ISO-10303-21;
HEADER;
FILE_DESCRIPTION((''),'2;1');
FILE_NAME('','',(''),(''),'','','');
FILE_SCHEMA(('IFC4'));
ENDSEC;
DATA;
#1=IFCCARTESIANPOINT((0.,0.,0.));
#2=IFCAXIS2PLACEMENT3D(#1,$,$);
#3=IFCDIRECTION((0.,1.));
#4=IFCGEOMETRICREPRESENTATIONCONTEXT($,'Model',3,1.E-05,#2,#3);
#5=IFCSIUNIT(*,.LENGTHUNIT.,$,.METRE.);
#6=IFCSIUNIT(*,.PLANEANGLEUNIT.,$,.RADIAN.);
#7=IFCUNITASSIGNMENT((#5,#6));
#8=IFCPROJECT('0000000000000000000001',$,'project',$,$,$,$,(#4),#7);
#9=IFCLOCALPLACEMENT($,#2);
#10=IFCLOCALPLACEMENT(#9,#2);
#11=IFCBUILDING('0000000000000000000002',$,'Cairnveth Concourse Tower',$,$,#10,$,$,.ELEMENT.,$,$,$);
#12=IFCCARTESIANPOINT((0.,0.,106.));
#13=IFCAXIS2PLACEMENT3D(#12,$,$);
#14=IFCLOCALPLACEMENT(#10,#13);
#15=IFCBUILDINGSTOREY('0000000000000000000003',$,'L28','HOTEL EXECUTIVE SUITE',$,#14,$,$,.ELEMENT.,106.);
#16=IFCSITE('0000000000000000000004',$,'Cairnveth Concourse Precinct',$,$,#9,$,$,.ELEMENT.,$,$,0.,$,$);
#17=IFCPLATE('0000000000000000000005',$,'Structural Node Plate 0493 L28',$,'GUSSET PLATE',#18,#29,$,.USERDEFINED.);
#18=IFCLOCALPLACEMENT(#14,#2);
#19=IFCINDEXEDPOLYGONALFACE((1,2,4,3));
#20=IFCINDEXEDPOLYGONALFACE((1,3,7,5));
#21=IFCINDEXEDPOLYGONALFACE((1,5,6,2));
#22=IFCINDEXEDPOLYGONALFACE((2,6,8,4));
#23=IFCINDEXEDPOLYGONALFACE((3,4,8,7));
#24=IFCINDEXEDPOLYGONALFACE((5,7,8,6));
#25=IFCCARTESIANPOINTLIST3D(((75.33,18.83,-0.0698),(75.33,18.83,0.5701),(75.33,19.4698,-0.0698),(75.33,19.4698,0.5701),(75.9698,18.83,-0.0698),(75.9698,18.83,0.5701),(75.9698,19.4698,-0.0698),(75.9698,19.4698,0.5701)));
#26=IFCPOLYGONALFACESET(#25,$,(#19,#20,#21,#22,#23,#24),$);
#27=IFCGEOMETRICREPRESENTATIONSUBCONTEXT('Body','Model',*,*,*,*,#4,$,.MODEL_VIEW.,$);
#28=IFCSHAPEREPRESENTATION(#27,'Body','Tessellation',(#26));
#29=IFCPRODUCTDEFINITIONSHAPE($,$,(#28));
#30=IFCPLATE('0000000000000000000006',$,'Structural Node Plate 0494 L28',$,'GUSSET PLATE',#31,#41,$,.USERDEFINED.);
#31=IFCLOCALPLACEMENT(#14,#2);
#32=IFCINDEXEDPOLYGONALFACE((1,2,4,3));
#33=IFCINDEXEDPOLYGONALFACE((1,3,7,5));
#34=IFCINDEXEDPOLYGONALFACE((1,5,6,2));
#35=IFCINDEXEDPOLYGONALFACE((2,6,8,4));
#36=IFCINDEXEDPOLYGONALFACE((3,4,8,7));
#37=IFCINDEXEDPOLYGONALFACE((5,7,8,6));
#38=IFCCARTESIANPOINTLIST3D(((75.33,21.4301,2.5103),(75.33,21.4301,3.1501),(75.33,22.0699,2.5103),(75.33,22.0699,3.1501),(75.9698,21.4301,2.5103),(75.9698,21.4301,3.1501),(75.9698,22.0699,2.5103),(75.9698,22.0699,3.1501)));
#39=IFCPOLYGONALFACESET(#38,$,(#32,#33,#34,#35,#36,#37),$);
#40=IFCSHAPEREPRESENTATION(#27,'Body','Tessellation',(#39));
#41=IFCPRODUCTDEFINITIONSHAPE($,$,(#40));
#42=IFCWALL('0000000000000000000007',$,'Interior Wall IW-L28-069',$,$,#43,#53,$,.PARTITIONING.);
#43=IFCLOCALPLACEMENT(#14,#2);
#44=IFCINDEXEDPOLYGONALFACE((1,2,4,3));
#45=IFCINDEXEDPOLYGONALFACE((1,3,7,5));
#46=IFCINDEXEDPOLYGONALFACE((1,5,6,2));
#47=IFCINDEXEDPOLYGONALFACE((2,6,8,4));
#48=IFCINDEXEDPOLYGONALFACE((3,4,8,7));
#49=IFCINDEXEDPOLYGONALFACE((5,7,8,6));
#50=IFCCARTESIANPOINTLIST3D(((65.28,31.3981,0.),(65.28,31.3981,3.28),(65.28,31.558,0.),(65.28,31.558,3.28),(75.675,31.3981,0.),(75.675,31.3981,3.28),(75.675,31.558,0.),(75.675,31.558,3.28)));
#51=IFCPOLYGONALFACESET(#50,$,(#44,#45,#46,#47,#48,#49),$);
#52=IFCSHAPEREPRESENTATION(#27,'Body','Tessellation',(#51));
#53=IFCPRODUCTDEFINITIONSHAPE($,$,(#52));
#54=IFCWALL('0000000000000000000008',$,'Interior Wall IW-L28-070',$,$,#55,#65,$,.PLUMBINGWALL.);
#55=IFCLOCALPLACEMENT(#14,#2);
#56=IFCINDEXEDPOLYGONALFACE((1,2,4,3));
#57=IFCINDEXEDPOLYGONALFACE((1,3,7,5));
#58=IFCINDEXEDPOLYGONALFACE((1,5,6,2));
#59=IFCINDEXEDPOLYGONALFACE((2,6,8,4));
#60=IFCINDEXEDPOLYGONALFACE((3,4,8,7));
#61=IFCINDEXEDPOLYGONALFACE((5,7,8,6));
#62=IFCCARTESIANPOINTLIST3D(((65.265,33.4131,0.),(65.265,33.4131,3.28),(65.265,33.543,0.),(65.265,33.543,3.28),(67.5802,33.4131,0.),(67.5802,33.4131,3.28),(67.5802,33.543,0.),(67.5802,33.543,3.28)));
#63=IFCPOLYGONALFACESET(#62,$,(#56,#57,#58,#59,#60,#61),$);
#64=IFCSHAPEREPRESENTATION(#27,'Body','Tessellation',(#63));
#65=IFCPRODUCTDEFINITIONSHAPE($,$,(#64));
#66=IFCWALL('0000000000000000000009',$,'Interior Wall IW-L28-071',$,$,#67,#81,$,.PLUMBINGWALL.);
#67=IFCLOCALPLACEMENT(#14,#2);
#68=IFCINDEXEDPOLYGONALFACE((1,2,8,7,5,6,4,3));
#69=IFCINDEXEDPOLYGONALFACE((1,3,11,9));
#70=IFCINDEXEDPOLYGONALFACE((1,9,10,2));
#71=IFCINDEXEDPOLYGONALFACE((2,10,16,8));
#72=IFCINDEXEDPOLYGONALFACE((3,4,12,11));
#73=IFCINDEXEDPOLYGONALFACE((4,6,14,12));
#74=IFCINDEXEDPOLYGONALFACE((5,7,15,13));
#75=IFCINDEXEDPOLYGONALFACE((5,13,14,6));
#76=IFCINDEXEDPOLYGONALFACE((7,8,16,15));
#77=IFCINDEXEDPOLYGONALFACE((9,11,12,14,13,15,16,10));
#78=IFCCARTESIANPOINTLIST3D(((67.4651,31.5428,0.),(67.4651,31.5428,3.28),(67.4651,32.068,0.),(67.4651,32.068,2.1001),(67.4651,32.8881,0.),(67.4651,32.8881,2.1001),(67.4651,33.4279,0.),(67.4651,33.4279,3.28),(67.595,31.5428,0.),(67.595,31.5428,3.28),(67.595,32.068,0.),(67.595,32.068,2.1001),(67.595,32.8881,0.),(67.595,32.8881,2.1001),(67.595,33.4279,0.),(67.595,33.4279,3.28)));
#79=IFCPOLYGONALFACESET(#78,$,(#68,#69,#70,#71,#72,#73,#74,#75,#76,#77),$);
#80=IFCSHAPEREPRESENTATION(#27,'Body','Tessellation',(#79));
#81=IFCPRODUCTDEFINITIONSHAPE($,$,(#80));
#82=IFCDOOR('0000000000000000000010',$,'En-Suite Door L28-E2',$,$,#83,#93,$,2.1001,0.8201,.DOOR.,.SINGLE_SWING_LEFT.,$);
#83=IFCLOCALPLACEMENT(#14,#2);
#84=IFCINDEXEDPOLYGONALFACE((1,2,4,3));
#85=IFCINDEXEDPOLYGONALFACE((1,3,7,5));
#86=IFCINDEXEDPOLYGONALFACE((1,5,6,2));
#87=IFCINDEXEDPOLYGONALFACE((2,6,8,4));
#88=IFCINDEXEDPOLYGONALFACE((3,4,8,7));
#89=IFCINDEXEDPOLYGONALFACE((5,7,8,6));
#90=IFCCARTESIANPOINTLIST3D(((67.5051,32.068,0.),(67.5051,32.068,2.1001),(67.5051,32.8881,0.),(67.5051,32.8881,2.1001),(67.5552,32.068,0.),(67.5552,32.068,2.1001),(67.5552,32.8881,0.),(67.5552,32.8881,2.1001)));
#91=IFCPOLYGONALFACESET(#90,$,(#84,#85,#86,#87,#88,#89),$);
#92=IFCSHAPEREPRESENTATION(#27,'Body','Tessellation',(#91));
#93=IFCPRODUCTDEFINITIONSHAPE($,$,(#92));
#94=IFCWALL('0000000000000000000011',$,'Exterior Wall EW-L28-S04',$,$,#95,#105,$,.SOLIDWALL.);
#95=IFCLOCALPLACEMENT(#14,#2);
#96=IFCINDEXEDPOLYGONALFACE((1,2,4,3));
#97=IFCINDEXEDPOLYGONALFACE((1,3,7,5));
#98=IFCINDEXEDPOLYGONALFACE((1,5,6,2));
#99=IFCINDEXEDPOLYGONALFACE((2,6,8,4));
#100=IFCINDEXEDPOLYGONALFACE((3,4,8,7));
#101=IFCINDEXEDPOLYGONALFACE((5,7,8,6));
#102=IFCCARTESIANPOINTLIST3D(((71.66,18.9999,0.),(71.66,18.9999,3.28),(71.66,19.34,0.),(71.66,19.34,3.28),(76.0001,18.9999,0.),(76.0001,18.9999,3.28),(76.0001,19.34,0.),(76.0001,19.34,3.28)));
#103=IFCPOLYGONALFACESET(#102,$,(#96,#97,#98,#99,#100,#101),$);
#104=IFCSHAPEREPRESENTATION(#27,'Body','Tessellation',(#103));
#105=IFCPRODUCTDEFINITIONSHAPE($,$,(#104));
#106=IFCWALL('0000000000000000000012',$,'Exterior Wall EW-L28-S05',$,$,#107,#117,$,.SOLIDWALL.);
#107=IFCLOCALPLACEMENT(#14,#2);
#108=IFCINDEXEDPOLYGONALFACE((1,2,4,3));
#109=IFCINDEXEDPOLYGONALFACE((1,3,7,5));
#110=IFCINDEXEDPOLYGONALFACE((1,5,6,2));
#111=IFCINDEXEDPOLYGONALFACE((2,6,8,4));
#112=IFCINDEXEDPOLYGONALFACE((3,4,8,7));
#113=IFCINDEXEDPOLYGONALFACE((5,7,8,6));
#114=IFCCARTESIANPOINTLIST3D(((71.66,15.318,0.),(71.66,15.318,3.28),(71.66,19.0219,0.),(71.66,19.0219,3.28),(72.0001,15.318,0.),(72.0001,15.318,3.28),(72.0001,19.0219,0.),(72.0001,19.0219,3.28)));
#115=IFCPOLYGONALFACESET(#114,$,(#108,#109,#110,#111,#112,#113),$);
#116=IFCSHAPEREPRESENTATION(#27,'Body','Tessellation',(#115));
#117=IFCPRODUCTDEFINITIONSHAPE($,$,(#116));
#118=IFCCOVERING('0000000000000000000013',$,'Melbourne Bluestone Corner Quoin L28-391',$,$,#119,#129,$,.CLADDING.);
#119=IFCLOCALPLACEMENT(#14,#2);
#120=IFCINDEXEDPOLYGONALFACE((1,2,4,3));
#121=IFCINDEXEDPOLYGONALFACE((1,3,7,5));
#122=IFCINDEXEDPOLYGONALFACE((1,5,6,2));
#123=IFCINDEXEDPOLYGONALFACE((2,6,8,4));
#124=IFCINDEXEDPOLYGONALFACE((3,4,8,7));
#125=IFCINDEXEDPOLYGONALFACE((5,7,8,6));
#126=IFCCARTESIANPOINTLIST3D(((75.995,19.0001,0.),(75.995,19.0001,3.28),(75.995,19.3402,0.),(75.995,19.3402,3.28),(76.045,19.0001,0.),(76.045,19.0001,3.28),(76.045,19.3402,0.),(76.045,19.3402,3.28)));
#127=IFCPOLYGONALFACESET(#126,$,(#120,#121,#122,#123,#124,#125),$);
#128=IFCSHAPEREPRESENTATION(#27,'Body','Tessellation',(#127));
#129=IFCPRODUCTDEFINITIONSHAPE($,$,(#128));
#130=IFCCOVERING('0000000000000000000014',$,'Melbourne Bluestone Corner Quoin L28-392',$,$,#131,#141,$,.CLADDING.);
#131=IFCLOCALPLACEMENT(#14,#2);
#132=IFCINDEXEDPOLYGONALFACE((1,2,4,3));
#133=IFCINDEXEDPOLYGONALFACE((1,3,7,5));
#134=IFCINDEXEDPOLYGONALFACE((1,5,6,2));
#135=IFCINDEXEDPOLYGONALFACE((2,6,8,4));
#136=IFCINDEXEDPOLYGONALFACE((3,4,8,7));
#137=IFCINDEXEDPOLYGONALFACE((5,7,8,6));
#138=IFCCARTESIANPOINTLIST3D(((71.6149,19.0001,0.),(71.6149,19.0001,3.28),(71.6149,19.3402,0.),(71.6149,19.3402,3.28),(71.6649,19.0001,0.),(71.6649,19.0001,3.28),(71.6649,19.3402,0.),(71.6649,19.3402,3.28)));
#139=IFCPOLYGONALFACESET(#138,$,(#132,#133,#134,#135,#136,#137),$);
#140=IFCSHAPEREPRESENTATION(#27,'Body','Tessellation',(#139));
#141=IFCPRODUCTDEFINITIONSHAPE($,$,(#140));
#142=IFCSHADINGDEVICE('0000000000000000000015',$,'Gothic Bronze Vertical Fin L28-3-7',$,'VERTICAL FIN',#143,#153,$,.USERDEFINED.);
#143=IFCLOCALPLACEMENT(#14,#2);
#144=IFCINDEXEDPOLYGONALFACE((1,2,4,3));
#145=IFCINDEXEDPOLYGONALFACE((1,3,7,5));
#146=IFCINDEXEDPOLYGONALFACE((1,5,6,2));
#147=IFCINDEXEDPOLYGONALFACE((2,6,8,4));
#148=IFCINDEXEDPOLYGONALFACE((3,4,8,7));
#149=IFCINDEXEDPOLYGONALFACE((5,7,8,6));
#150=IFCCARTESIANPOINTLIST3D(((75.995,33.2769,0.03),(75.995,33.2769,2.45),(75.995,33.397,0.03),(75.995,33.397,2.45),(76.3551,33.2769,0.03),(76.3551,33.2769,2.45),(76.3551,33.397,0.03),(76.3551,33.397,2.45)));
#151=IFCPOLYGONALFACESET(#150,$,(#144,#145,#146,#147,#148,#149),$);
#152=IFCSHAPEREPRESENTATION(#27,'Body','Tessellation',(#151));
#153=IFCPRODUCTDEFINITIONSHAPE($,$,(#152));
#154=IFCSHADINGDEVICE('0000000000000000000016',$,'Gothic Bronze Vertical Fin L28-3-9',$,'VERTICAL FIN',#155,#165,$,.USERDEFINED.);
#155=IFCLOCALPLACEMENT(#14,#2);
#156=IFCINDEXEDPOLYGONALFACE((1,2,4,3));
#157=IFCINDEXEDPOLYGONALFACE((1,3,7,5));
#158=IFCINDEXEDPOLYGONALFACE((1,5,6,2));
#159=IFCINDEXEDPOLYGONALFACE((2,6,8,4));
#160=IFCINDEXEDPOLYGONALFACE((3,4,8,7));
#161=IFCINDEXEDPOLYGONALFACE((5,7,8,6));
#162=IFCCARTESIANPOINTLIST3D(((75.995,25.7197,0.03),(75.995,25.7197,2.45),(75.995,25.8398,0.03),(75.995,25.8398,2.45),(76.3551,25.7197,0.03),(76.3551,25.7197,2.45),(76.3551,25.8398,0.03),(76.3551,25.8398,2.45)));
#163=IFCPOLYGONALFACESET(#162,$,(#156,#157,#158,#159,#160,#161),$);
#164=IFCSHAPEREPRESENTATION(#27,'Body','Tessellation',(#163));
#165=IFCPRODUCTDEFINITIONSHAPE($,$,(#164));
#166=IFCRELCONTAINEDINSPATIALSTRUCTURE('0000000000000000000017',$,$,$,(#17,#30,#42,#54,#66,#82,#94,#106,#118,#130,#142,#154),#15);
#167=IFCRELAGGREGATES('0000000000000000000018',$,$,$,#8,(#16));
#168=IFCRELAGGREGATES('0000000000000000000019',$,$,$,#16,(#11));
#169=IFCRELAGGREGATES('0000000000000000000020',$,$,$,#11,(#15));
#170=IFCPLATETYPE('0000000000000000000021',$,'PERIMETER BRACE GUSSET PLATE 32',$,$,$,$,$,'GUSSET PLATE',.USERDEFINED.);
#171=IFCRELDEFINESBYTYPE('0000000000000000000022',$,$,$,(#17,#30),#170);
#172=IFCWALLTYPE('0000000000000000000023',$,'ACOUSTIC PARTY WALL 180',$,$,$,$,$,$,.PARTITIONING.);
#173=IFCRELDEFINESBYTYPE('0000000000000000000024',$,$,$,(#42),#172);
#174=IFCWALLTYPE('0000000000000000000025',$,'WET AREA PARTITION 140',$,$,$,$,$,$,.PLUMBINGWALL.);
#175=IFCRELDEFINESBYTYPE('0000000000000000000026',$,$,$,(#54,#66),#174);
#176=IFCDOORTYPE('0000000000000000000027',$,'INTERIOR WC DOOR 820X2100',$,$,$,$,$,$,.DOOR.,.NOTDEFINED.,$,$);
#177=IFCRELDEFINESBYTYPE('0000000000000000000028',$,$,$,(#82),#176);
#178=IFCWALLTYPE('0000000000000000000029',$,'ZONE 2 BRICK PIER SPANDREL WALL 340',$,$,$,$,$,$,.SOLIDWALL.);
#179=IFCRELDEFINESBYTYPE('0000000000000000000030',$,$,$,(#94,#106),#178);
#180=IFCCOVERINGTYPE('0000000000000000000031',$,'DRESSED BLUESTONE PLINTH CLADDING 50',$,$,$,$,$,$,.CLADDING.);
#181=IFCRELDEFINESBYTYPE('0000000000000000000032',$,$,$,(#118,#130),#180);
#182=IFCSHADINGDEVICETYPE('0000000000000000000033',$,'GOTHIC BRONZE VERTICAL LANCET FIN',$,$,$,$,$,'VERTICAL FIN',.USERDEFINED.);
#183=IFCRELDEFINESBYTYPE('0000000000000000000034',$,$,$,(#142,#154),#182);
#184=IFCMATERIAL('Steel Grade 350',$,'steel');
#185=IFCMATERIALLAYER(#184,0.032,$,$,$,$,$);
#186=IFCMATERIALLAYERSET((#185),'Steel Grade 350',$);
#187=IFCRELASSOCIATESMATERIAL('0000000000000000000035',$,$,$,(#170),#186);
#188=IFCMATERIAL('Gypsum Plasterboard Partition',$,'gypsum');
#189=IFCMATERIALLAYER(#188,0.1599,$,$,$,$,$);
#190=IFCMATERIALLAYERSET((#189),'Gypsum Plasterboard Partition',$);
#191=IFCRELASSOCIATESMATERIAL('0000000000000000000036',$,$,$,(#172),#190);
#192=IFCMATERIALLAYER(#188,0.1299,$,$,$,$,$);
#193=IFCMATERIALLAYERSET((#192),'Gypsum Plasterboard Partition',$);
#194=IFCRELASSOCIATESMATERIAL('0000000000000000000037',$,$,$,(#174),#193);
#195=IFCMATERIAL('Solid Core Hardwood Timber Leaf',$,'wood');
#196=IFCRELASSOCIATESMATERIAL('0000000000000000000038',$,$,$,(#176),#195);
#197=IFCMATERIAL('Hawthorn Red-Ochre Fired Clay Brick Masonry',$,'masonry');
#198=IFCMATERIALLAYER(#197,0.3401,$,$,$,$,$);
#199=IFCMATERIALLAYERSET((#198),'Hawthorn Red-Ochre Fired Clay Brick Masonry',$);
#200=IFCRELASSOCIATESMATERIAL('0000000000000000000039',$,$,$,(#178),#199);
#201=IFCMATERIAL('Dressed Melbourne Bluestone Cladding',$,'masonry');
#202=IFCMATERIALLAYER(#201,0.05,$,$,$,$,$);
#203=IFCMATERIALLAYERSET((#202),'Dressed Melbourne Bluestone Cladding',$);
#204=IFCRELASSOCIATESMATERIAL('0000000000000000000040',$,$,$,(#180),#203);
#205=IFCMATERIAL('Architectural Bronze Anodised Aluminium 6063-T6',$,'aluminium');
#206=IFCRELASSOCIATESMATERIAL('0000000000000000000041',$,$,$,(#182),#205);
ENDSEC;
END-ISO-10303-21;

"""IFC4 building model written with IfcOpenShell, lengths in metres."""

from ifc_helpers import new_model, si_unit, direction, frame, frame_2d, origin, origin_2d, place, context, subcontext, project, spatial, rectangle, extrude, material, layer, layer_set, type_object, element, fill, save


model = new_model("IFC4")

# Units and contexts
model_context = context("Model", 3, precision=1e-05, world=origin(), true_north=direction((0.0, 1.0)))
body_context = subcontext(model_context, "Body", "Model", "MODEL_VIEW")
ifc_project = project(units=[si_unit("LENGTHUNIT", "METRE"), si_unit("PLANEANGLEUNIT", "RADIAN")], contexts=[model_context])

# Site, building, storey
site_placement = place(None, origin())
site = spatial("IfcSite", under=ifc_project, at=site_placement, Name="Cairnveth Concourse Precinct", CompositionType="ELEMENT", RefElevation=0.0)
building_placement = place(site_placement, origin())
building = spatial("IfcBuilding", under=site, at=building_placement, Name="Cairnveth Concourse Tower", CompositionType="ELEMENT")
storey_placement = place(building_placement, frame((0.0, 0.0, 106.0)))
storey = spatial("IfcBuildingStorey", under=building, at=storey_placement, Name="L28", Description="HOTEL EXECUTIVE SUITE", CompositionType="ELEMENT", Elevation=106.0)

# Shared definitions
ifc_material_1 = material(Name="Steel Grade 350", Category="steel")

# Plates
ifc_layer_1 = layer(ifc_material_1, 0.032)
ifc_layer_set_1 = layer_set([ifc_layer_1], Name="Steel Grade 350")
plate_type = type_object("IfcPlateType", Name="PERIMETER BRACE GUSSET PLATE 32", ElementType="GUSSET PLATE", PredefinedType="USERDEFINED", material=ifc_layer_set_1)
for number, where, z_axis, x_axis, name in (
    (1, (75.6499, 19.1499, -0.0698), (0.0, 0.0, 1.0), (1.0, 0.0, 0.0), "Structural Node Plate 0493 L28"),
    (2, (75.6499, 21.75, 2.5103), (0.0, 0.0, 1.0), (1.0, 0.0, 0.0), "Structural Node Plate 0494 L28"),
):
    element("IfcPlate", number, at=place(storey_placement, frame(where, z_axis=z_axis, x_axis=x_axis)), inside=storey, type_object=plate_type, Name=name, ObjectType="GUSSET PLATE", PredefinedType="USERDEFINED", context=body_context, shape_type="SweptSolid", body=[
        extrude(rectangle(XDim=0.6399, YDim=0.6399, at=origin_2d()), origin(), (0.0, 0.0, 1.0), 0.6399),
    ])

# Walls
ifc_material_2 = material(Name="Gypsum Plasterboard Partition", Category="gypsum")
ifc_layer_2 = layer(ifc_material_2, 0.1599)
ifc_layer_set_2 = layer_set([ifc_layer_2], Name="Gypsum Plasterboard Partition")
wall_type_1 = type_object("IfcWallType", Name="ACOUSTIC PARTY WALL 180", PredefinedType="PARTITIONING", material=ifc_layer_set_2)
wall_1_placement = place(storey_placement, frame((65.28, 31.478, 0.0), z_axis=(0.0, 0.0, 1.0), x_axis=(1.0, 0.0, 0.0)))
element("IfcWall", 3, at=wall_1_placement, inside=storey, type_object=wall_type_1, Name="Interior Wall IW-L28-069", PredefinedType="PARTITIONING", context=body_context, shape_type="SweptSolid", body=[
    extrude(rectangle(XDim=10.395, YDim=0.1599, at=frame_2d((5.1975, 0.0))), origin(), (0.0, 0.0, 1.0), 3.28),
])
ifc_layer_3 = layer(ifc_material_2, 0.1299)
ifc_layer_set_3 = layer_set([ifc_layer_3], Name="Gypsum Plasterboard Partition")
wall_type_2 = type_object("IfcWallType", Name="WET AREA PARTITION 140", PredefinedType="PLUMBINGWALL", material=ifc_layer_set_3)
wall_2_placement = place(storey_placement, frame((65.2649, 33.478, 0.0), z_axis=(0.0, 0.0, 1.0), x_axis=(1.0, 0.0, 0.0)))
element("IfcWall", 4, at=wall_2_placement, inside=storey, type_object=wall_type_2, Name="Interior Wall IW-L28-070", PredefinedType="PLUMBINGWALL", context=body_context, shape_type="SweptSolid", body=[
    extrude(rectangle(XDim=2.3152, YDim=0.1299, at=frame_2d((1.1577, 0.0))), origin(), (0.0, 0.0, 1.0), 3.28),
])

# Wall, opening, door
wall_3_placement = place(storey_placement, frame((67.53, 31.543, 0.0), z_axis=(0.0, 0.0, 1.0), x_axis=(0.0, 1.0, 0.0)))
wall_3 = element("IfcWall", 5, at=wall_3_placement, inside=storey, type_object=wall_type_2, Name="Interior Wall IW-L28-071", PredefinedType="PLUMBINGWALL", context=body_context, shape_type="SweptSolid", body=[
    extrude(rectangle(XDim=1.885, YDim=0.1299, at=frame_2d((0.9424, 0.0))), origin(), (0.0, 0.0, 1.0), 3.28),
])
opening_placement = place(wall_3_placement, frame((0.5249, 0.0, 0.0)))
opening = element("IfcOpeningElement", 6, at=opening_placement, cuts=wall_3, PredefinedType="OPENING", context=body_context, shape_type="SweptSolid", body=[
    extrude(rectangle(XDim=0.8201, YDim=2.1001, at=frame_2d((0.4102, 1.05))), frame((0.0, 0.075, 0.0), z_axis=(0.0, -1.0, 0.0), x_axis=(1.0, 0.0, 0.0)), (0.0, 0.0, 1.0), 0.1499),
])
ifc_material_3 = material(Name="Solid Core Hardwood Timber Leaf", Category="wood")
door_type = type_object("IfcDoorType", Name="INTERIOR WC DOOR 820X2100", OperationType="NOTDEFINED", PredefinedType="DOOR", material=ifc_material_3)
door_placement = place(opening_placement, origin())
door = element("IfcDoor", 7, at=door_placement, inside=storey, type_object=door_type, Name="En-Suite Door L28-E2", OperationType="SINGLE_SWING_LEFT", OverallHeight=2.1001, OverallWidth=0.8201, PredefinedType="DOOR", context=body_context, shape_type="SweptSolid", body=[
    extrude(rectangle(XDim=0.8201, YDim=2.1001, at=frame_2d((0.4102, 1.05))), frame((0.0, 0.0249, 0.0), z_axis=(0.0, -1.0, 0.0), x_axis=(1.0, 0.0, 0.0)), (0.0, 0.0, 1.0), 0.05),
])
fill(opening, door)

# Walls
ifc_material_4 = material(Name="Hawthorn Red-Ochre Fired Clay Brick Masonry", Category="masonry")
ifc_layer_4 = layer(ifc_material_4, 0.3401)
ifc_layer_set_4 = layer_set([ifc_layer_4], Name="Hawthorn Red-Ochre Fired Clay Brick Masonry")
wall_type_3 = type_object("IfcWallType", Name="ZONE 2 BRICK PIER SPANDREL WALL 340", PredefinedType="SOLIDWALL", material=ifc_layer_set_4)
wall_4_placement = place(storey_placement, frame((76.0, 19.1699, 0.0), z_axis=(0.0, 0.0, 1.0), x_axis=(-1.0, 0.0, 0.0)))
element("IfcWall", 8, at=wall_4_placement, inside=storey, type_object=wall_type_3, Name="Exterior Wall EW-L28-S04", PredefinedType="SOLIDWALL", context=body_context, shape_type="SweptSolid", body=[
    extrude(rectangle(XDim=4.3401, YDim=0.3401, at=frame_2d((2.1699, 0.0))), origin(), (0.0, 0.0, 1.0), 3.28),
])
wall_5_placement = place(storey_placement, frame((71.8301, 19.022, 0.0), z_axis=(0.0, 0.0, 1.0), x_axis=(0.0, -1.0, 0.0)))
element("IfcWall", 9, at=wall_5_placement, inside=storey, type_object=wall_type_3, Name="Exterior Wall EW-L28-S05", PredefinedType="SOLIDWALL", context=body_context, shape_type="SweptSolid", body=[
    extrude(rectangle(XDim=3.7039, YDim=0.3401, at=frame_2d((1.8521, 0.0))), origin(), (0.0, 0.0, 1.0), 3.28),
])

# Coverings
ifc_material_5 = material(Name="Dressed Melbourne Bluestone Cladding", Category="masonry")
ifc_layer_5 = layer(ifc_material_5, 0.05)
ifc_layer_set_5 = layer_set([ifc_layer_5], Name="Dressed Melbourne Bluestone Cladding")
covering_type = type_object("IfcCoveringType", Name="DRESSED BLUESTONE PLINTH CLADDING 50", PredefinedType="CLADDING", material=ifc_layer_set_5)
for number, where, z_axis, x_axis, name in (
    (10, (76.02, 19.3401, 0.0), (0.0, 0.0, 1.0), (0.0, -1.0, 0.0), "Melbourne Bluestone Corner Quoin L28-391"),
    (11, (71.6399, 19.3401, 0.0), (0.0, 0.0, 1.0), (0.0, -1.0, 0.0), "Melbourne Bluestone Corner Quoin L28-392"),
):
    element("IfcCovering", number, at=place(storey_placement, frame(where, z_axis=z_axis, x_axis=x_axis)), inside=storey, type_object=covering_type, Name=name, PredefinedType="CLADDING", context=body_context, shape_type="SweptSolid", body=[
        extrude(rectangle(XDim=0.3401, YDim=0.05, at=frame_2d((0.1699, 0.0))), origin(), (0.0, 0.0, 1.0), 3.28),
    ])

# Shading devices
ifc_material_6 = material(Name="Architectural Bronze Anodised Aluminium 6063-T6", Category="aluminium")
shading_device_type = type_object("IfcShadingDeviceType", Name="GOTHIC BRONZE VERTICAL LANCET FIN", ElementType="VERTICAL FIN", PredefinedType="USERDEFINED", material=ifc_material_6)
for number, where, z_axis, x_axis, name in (
    (12, (76.175, 33.3369, 0.03), (0.0, 0.0, 1.0), (0.0, 1.0, 0.0), "Gothic Bronze Vertical Fin L28-3-7"),
    (13, (76.175, 25.7798, 0.03), (0.0, 0.0, 1.0), (0.0, 1.0, 0.0), "Gothic Bronze Vertical Fin L28-3-9"),
):
    element("IfcShadingDevice", number, at=place(storey_placement, frame(where, z_axis=z_axis, x_axis=x_axis)), inside=storey, type_object=shading_device_type, Name=name, ObjectType="VERTICAL FIN", PredefinedType="USERDEFINED", context=body_context, shape_type="SweptSolid", body=[
        extrude(rectangle(XDim=0.1201, YDim=0.3601, at=origin_2d()), origin(), (0.0, 0.0, 1.0), 2.4199),
    ])

save(model, "model.ifc")
